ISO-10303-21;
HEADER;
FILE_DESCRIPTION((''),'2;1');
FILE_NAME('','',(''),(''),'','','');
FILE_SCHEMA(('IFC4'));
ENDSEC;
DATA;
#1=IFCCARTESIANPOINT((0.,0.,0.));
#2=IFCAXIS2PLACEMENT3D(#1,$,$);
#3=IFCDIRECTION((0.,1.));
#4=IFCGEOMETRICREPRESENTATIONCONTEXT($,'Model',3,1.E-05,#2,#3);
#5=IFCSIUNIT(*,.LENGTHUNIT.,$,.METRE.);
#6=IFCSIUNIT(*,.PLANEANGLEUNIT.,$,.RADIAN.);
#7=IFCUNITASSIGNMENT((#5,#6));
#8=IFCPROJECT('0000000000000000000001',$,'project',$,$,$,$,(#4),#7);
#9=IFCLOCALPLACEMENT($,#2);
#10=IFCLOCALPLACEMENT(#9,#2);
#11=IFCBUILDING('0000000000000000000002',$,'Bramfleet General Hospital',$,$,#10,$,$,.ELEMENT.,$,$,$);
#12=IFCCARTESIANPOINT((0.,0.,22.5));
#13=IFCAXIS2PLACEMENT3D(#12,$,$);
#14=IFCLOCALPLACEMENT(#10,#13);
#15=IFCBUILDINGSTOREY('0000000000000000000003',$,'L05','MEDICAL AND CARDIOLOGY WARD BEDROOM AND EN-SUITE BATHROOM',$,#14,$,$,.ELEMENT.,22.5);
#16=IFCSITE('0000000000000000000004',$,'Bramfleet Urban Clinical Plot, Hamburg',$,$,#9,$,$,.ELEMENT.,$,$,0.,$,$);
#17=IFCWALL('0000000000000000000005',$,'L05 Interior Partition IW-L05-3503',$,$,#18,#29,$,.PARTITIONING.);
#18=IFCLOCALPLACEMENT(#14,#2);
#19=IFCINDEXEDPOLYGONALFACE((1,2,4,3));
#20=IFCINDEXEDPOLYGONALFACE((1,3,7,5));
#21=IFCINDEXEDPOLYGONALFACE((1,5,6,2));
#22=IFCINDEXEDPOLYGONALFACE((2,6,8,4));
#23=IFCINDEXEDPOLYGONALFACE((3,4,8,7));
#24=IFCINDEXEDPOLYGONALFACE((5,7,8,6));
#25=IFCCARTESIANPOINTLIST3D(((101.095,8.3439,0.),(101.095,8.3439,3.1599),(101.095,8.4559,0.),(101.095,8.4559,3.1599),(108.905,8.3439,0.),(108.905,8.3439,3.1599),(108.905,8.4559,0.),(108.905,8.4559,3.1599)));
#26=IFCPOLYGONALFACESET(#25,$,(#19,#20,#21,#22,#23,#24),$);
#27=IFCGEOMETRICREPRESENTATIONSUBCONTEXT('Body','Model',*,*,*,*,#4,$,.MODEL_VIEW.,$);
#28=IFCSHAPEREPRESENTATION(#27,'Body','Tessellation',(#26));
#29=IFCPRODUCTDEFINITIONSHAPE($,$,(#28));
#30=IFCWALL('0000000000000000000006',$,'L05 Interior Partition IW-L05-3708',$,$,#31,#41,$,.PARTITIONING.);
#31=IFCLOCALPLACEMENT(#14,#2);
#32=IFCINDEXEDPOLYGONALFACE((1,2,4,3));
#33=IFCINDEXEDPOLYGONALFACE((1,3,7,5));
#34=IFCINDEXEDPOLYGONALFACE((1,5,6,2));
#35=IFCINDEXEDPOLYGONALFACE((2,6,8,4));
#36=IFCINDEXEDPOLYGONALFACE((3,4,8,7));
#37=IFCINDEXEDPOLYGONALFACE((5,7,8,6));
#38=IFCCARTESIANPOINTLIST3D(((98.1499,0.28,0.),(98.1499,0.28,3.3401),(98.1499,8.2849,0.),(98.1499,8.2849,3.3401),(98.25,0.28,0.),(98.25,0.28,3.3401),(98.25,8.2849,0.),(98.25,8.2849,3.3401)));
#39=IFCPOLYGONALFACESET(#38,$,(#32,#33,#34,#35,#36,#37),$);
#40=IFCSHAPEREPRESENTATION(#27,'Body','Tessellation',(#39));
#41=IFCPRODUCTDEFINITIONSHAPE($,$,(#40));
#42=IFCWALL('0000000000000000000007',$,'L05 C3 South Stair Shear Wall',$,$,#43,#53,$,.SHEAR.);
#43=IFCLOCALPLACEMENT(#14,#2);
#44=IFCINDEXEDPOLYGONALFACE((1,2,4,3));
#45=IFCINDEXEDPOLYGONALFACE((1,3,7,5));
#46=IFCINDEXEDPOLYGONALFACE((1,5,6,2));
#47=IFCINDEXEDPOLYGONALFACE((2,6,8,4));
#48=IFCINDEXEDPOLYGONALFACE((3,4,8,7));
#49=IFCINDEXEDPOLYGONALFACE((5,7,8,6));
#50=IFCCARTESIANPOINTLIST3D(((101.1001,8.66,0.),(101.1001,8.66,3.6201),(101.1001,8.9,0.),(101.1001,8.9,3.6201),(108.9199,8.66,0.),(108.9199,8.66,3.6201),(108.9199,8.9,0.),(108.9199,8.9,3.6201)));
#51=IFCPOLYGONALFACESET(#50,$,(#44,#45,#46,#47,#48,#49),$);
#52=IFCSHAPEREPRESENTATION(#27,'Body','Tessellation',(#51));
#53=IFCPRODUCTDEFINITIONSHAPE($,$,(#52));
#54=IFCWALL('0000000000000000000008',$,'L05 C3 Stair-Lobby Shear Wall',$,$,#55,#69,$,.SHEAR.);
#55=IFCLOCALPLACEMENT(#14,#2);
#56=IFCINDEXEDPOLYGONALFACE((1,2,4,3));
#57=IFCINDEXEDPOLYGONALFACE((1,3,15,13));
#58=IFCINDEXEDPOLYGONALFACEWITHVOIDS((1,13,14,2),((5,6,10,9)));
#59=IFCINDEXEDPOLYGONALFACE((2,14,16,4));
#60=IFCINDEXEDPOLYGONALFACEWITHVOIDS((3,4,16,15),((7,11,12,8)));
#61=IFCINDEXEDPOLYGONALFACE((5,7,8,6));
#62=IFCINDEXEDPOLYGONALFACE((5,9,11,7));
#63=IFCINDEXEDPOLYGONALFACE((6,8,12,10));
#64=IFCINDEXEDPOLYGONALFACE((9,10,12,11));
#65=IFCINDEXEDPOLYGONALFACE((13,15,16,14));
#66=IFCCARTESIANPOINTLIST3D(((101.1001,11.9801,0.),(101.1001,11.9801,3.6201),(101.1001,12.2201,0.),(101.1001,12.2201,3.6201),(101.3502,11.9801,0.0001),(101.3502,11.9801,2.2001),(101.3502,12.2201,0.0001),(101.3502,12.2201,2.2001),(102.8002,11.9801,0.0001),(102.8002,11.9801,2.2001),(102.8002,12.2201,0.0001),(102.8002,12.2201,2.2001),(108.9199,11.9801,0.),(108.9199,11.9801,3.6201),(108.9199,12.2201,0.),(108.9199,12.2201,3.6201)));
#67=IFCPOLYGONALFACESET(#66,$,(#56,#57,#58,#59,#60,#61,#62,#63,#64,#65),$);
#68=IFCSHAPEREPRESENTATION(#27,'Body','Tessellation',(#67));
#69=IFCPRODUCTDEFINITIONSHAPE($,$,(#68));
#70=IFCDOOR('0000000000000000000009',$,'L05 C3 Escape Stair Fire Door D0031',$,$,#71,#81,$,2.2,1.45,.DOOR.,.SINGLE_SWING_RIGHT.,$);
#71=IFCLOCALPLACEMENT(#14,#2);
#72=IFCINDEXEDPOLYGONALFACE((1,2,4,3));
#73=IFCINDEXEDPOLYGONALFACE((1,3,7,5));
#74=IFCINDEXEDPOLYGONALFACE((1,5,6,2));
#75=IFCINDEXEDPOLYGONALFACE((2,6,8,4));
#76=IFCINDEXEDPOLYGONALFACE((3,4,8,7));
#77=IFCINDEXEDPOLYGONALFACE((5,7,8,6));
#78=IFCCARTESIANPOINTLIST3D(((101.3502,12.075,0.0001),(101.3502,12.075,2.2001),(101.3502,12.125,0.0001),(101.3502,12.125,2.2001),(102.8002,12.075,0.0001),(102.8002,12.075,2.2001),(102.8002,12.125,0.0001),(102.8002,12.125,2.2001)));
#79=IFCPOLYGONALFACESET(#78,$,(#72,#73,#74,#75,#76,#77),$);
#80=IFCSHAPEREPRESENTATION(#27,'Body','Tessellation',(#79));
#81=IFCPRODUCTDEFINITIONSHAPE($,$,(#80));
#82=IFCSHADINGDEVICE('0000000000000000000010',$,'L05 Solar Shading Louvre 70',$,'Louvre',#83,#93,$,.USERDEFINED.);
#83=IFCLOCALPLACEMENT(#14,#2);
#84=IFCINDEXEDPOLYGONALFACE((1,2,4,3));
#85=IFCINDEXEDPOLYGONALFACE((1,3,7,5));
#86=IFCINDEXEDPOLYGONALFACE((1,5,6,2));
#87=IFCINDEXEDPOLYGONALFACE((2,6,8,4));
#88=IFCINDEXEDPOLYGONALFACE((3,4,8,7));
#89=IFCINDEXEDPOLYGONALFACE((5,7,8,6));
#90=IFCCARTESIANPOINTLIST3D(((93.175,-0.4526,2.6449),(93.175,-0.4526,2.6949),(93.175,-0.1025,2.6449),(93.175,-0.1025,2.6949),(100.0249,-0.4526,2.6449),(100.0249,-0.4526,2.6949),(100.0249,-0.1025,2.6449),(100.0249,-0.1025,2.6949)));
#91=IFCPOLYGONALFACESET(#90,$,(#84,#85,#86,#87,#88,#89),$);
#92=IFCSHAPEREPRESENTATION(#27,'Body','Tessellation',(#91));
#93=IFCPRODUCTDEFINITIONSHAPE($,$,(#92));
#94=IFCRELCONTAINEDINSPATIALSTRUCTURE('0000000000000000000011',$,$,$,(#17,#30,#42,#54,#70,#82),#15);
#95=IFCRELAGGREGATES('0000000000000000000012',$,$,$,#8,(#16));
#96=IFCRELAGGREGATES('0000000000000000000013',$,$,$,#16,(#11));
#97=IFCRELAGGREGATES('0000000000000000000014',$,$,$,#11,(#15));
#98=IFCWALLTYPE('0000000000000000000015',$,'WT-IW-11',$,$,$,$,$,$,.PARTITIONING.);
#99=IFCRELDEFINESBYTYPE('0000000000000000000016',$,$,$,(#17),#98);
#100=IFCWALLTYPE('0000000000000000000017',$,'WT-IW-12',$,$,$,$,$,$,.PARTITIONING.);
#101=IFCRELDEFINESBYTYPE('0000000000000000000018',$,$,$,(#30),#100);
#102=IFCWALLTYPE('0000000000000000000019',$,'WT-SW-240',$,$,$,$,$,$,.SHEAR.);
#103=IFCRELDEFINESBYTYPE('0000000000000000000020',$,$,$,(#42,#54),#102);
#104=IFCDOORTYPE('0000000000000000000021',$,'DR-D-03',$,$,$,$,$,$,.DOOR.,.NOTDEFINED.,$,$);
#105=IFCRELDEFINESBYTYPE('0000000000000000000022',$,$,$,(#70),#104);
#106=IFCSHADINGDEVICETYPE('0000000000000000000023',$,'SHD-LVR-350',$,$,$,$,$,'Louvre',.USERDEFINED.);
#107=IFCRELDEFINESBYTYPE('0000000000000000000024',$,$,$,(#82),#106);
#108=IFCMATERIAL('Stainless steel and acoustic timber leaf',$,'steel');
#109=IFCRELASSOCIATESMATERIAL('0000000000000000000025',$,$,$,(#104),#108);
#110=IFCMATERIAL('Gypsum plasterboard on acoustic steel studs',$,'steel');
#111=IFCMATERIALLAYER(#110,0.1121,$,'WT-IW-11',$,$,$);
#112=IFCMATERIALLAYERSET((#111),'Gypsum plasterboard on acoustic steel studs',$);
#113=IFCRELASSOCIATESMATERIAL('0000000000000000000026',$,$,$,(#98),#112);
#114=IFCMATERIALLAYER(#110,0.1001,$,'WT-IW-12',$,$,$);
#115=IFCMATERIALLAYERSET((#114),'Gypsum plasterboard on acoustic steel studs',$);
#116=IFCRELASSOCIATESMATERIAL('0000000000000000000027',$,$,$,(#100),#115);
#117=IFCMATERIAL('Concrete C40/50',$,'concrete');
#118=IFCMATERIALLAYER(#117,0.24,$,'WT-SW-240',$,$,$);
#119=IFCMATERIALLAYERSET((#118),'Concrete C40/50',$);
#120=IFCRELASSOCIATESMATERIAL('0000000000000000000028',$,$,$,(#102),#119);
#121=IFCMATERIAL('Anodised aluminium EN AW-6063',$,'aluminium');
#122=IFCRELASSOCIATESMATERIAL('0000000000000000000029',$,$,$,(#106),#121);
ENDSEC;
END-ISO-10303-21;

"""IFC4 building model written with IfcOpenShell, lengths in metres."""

from ifc_helpers import new_model, si_unit, direction, frame, frame_2d, origin, origin_2d, place, context, subcontext, project, spatial, rectangle, extrude, material, layer, layer_set, material_profile, profile_set, type_object, element, fill, save


model = new_model("IFC4")

# Units and contexts
model_context = context("Model", 3, precision=1e-05, world=origin(), true_north=direction((0.0, 1.0)))
body_context = subcontext(model_context, "Body", "Model", "MODEL_VIEW")
ifc_project = project(units=[si_unit("LENGTHUNIT", "METRE"), si_unit("PLANEANGLEUNIT", "RADIAN")], contexts=[model_context])

# Site, building, storey
site_placement = place(None, origin())
site = spatial("IfcSite", under=ifc_project, at=site_placement, Name="Bramfleet Urban Clinical Plot, Hamburg", CompositionType="ELEMENT", RefElevation=0.0)
building_placement = place(site_placement, origin())
building = spatial("IfcBuilding", under=site, at=building_placement, Name="Bramfleet General Hospital", CompositionType="ELEMENT")
storey_placement = place(building_placement, frame((0.0, 0.0, 22.5)))
storey = spatial("IfcBuildingStorey", under=building, at=storey_placement, Name="L05", Description="MEDICAL AND CARDIOLOGY WARD BEDROOM AND EN-SUITE BATHROOM", CompositionType="ELEMENT", Elevation=22.5)

# Shared definitions
ifc_material_1 = material(Name="Concrete C40/50", Category="concrete")

# Shared definitions
ifc_material_2 = material(Name="Stainless steel and acoustic timber leaf", Category="steel")
door_type_1 = type_object("IfcDoorType", Name="DR-D-03", OperationType="NOTDEFINED", PredefinedType="DOOR", material=ifc_material_2)
ifc_material_3 = material(Name="Gypsum plasterboard on acoustic steel studs", Category="steel")

# Walls
ifc_layer_1 = layer(ifc_material_3, 0.1121, Name="WT-IW-11")
ifc_layer_set_1 = layer_set([ifc_layer_1], Name="Gypsum plasterboard on acoustic steel studs")
wall_type_1 = type_object("IfcWallType", Name="WT-IW-11", PredefinedType="PARTITIONING", material=ifc_layer_set_1)
wall_1_placement = place(storey_placement, frame((101.095, 8.3999, 0.0), z_axis=(0.0, 0.0, 1.0), x_axis=(1.0, 0.0, 0.0)))
element("IfcWall", 1, at=wall_1_placement, inside=storey, type_object=wall_type_1, Name="L05 Interior Partition IW-L05-3503", PredefinedType="PARTITIONING", context=body_context, shape_type="SweptSolid", body=[
    extrude(rectangle(XDim=7.8101, YDim=0.1121, at=frame_2d((3.905, 0.0))), origin(), (0.0, 0.0, 1.0), 3.1599),
])
ifc_layer_2 = layer(ifc_material_3, 0.1001, Name="WT-IW-12")
ifc_layer_set_2 = layer_set([ifc_layer_2], Name="Gypsum plasterboard on acoustic steel studs")
wall_type_2 = type_object("IfcWallType", Name="WT-IW-12", PredefinedType="PARTITIONING", material=ifc_layer_set_2)
wall_2_placement = place(storey_placement, frame((98.2, 0.28, 0.0), z_axis=(0.0, 0.0, 1.0), x_axis=(0.0, 1.0, 0.0)))
element("IfcWall", 2, at=wall_2_placement, inside=storey, type_object=wall_type_2, Name="L05 Interior Partition IW-L05-3708", PredefinedType="PARTITIONING", context=body_context, shape_type="SweptSolid", body=[
    extrude(rectangle(XDim=8.0049, YDim=0.1001, at=frame_2d((4.0024, 0.0))), origin(), (0.0, 0.0, 1.0), 3.3401),
])
ifc_layer_3 = layer(ifc_material_1, 0.24, Name="WT-SW-240")
ifc_layer_set_3 = layer_set([ifc_layer_3], Name="Concrete C40/50")
wall_type_3 = type_object("IfcWallType", Name="WT-SW-240", PredefinedType="SHEAR", material=ifc_layer_set_3)
wall_3_placement = place(storey_placement, frame((101.1001, 8.78, 0.0), z_axis=(0.0, 0.0, 1.0), x_axis=(1.0, 0.0, 0.0)))
element("IfcWall", 3, at=wall_3_placement, inside=storey, type_object=wall_type_3, Name="L05 C3 South Stair Shear Wall", PredefinedType="SHEAR", context=body_context, shape_type="SweptSolid", body=[
    extrude(rectangle(XDim=7.8198, YDim=0.24, at=frame_2d((3.9099, 0.0))), origin(), (0.0, 0.0, 1.0), 3.6201),
])

# Wall, opening, door
wall_4_placement = place(storey_placement, frame((101.1001, 12.1001, 0.0), z_axis=(0.0, 0.0, 1.0), x_axis=(1.0, 0.0, 0.0)))
wall_4 = element("IfcWall", 4, at=wall_4_placement, inside=storey, type_object=wall_type_3, Name="L05 C3 Stair-Lobby Shear Wall", PredefinedType="SHEAR", context=body_context, shape_type="SweptSolid", body=[
    extrude(rectangle(XDim=7.8198, YDim=0.24, at=frame_2d((3.9099, 0.0))), origin(), (0.0, 0.0, 1.0), 3.6201),
])
opening_1_placement = place(wall_4_placement, frame((0.25, 0.0, 0.0)))
opening_1 = element("IfcOpeningElement", 5, at=opening_1_placement, cuts=wall_4, PredefinedType="OPENING", context=body_context, shape_type="SweptSolid", body=[
    extrude(rectangle(XDim=1.45, YDim=2.2, at=frame_2d((0.7251, 1.1001))), frame((0.0, 0.1299, 0.0), z_axis=(0.0, -1.0, 0.0), x_axis=(1.0, 0.0, 0.0)), (0.0, 0.0, 1.0), 0.26),
])
door_1_placement = place(opening_1_placement, origin())
door_1 = element("IfcDoor", 6, at=door_1_placement, inside=storey, type_object=door_type_1, Name="L05 C3 Escape Stair Fire Door D0031", OperationType="SINGLE_SWING_RIGHT", OverallHeight=2.2, OverallWidth=1.45, PredefinedType="DOOR", context=body_context, shape_type="SweptSolid", body=[
    extrude(rectangle(XDim=1.45, YDim=2.2, at=frame_2d((0.7251, 1.1001))), frame((0.0, 0.0249, 0.0), z_axis=(0.0, -1.0, 0.0), x_axis=(1.0, 0.0, 0.0)), (0.0, 0.0, 1.0), 0.05),
])
fill(opening_1, door_1)

# Shading device
ifc_material_4 = material(Name="Anodised aluminium EN AW-6063", Category="aluminium")
ifc_material_profile_1 = material_profile(ifc_material_4, rectangle(XDim=0.05, YDim=0.3501, at=origin_2d()), Name="ALU LOUVRE 350x50")
ifc_profile_set_1 = profile_set([ifc_material_profile_1], Name="Anodised aluminium EN AW-6063")
shading_device_type = type_object("IfcShadingDeviceType", Name="SHD-LVR-350", ElementType="Louvre", PredefinedType="USERDEFINED", material=ifc_profile_set_1)
shading_device_placement = place(storey_placement, frame((100.0249, -0.2776, 2.6699), z_axis=(-1.0, 0.0, 0.0), x_axis=(0.0, 0.0, 1.0)))
element("IfcShadingDevice", 7, at=shading_device_placement, inside=storey, type_object=shading_device_type, Name="L05 Solar Shading Louvre 70", ObjectType="Louvre", PredefinedType="USERDEFINED", context=body_context, shape_type="SweptSolid", body=[
    extrude(rectangle(XDim=0.05, YDim=0.3501, at=origin_2d()), origin(), (0.0, 0.0, 1.0), 6.8499),
])

save(model, "model.ifc")
